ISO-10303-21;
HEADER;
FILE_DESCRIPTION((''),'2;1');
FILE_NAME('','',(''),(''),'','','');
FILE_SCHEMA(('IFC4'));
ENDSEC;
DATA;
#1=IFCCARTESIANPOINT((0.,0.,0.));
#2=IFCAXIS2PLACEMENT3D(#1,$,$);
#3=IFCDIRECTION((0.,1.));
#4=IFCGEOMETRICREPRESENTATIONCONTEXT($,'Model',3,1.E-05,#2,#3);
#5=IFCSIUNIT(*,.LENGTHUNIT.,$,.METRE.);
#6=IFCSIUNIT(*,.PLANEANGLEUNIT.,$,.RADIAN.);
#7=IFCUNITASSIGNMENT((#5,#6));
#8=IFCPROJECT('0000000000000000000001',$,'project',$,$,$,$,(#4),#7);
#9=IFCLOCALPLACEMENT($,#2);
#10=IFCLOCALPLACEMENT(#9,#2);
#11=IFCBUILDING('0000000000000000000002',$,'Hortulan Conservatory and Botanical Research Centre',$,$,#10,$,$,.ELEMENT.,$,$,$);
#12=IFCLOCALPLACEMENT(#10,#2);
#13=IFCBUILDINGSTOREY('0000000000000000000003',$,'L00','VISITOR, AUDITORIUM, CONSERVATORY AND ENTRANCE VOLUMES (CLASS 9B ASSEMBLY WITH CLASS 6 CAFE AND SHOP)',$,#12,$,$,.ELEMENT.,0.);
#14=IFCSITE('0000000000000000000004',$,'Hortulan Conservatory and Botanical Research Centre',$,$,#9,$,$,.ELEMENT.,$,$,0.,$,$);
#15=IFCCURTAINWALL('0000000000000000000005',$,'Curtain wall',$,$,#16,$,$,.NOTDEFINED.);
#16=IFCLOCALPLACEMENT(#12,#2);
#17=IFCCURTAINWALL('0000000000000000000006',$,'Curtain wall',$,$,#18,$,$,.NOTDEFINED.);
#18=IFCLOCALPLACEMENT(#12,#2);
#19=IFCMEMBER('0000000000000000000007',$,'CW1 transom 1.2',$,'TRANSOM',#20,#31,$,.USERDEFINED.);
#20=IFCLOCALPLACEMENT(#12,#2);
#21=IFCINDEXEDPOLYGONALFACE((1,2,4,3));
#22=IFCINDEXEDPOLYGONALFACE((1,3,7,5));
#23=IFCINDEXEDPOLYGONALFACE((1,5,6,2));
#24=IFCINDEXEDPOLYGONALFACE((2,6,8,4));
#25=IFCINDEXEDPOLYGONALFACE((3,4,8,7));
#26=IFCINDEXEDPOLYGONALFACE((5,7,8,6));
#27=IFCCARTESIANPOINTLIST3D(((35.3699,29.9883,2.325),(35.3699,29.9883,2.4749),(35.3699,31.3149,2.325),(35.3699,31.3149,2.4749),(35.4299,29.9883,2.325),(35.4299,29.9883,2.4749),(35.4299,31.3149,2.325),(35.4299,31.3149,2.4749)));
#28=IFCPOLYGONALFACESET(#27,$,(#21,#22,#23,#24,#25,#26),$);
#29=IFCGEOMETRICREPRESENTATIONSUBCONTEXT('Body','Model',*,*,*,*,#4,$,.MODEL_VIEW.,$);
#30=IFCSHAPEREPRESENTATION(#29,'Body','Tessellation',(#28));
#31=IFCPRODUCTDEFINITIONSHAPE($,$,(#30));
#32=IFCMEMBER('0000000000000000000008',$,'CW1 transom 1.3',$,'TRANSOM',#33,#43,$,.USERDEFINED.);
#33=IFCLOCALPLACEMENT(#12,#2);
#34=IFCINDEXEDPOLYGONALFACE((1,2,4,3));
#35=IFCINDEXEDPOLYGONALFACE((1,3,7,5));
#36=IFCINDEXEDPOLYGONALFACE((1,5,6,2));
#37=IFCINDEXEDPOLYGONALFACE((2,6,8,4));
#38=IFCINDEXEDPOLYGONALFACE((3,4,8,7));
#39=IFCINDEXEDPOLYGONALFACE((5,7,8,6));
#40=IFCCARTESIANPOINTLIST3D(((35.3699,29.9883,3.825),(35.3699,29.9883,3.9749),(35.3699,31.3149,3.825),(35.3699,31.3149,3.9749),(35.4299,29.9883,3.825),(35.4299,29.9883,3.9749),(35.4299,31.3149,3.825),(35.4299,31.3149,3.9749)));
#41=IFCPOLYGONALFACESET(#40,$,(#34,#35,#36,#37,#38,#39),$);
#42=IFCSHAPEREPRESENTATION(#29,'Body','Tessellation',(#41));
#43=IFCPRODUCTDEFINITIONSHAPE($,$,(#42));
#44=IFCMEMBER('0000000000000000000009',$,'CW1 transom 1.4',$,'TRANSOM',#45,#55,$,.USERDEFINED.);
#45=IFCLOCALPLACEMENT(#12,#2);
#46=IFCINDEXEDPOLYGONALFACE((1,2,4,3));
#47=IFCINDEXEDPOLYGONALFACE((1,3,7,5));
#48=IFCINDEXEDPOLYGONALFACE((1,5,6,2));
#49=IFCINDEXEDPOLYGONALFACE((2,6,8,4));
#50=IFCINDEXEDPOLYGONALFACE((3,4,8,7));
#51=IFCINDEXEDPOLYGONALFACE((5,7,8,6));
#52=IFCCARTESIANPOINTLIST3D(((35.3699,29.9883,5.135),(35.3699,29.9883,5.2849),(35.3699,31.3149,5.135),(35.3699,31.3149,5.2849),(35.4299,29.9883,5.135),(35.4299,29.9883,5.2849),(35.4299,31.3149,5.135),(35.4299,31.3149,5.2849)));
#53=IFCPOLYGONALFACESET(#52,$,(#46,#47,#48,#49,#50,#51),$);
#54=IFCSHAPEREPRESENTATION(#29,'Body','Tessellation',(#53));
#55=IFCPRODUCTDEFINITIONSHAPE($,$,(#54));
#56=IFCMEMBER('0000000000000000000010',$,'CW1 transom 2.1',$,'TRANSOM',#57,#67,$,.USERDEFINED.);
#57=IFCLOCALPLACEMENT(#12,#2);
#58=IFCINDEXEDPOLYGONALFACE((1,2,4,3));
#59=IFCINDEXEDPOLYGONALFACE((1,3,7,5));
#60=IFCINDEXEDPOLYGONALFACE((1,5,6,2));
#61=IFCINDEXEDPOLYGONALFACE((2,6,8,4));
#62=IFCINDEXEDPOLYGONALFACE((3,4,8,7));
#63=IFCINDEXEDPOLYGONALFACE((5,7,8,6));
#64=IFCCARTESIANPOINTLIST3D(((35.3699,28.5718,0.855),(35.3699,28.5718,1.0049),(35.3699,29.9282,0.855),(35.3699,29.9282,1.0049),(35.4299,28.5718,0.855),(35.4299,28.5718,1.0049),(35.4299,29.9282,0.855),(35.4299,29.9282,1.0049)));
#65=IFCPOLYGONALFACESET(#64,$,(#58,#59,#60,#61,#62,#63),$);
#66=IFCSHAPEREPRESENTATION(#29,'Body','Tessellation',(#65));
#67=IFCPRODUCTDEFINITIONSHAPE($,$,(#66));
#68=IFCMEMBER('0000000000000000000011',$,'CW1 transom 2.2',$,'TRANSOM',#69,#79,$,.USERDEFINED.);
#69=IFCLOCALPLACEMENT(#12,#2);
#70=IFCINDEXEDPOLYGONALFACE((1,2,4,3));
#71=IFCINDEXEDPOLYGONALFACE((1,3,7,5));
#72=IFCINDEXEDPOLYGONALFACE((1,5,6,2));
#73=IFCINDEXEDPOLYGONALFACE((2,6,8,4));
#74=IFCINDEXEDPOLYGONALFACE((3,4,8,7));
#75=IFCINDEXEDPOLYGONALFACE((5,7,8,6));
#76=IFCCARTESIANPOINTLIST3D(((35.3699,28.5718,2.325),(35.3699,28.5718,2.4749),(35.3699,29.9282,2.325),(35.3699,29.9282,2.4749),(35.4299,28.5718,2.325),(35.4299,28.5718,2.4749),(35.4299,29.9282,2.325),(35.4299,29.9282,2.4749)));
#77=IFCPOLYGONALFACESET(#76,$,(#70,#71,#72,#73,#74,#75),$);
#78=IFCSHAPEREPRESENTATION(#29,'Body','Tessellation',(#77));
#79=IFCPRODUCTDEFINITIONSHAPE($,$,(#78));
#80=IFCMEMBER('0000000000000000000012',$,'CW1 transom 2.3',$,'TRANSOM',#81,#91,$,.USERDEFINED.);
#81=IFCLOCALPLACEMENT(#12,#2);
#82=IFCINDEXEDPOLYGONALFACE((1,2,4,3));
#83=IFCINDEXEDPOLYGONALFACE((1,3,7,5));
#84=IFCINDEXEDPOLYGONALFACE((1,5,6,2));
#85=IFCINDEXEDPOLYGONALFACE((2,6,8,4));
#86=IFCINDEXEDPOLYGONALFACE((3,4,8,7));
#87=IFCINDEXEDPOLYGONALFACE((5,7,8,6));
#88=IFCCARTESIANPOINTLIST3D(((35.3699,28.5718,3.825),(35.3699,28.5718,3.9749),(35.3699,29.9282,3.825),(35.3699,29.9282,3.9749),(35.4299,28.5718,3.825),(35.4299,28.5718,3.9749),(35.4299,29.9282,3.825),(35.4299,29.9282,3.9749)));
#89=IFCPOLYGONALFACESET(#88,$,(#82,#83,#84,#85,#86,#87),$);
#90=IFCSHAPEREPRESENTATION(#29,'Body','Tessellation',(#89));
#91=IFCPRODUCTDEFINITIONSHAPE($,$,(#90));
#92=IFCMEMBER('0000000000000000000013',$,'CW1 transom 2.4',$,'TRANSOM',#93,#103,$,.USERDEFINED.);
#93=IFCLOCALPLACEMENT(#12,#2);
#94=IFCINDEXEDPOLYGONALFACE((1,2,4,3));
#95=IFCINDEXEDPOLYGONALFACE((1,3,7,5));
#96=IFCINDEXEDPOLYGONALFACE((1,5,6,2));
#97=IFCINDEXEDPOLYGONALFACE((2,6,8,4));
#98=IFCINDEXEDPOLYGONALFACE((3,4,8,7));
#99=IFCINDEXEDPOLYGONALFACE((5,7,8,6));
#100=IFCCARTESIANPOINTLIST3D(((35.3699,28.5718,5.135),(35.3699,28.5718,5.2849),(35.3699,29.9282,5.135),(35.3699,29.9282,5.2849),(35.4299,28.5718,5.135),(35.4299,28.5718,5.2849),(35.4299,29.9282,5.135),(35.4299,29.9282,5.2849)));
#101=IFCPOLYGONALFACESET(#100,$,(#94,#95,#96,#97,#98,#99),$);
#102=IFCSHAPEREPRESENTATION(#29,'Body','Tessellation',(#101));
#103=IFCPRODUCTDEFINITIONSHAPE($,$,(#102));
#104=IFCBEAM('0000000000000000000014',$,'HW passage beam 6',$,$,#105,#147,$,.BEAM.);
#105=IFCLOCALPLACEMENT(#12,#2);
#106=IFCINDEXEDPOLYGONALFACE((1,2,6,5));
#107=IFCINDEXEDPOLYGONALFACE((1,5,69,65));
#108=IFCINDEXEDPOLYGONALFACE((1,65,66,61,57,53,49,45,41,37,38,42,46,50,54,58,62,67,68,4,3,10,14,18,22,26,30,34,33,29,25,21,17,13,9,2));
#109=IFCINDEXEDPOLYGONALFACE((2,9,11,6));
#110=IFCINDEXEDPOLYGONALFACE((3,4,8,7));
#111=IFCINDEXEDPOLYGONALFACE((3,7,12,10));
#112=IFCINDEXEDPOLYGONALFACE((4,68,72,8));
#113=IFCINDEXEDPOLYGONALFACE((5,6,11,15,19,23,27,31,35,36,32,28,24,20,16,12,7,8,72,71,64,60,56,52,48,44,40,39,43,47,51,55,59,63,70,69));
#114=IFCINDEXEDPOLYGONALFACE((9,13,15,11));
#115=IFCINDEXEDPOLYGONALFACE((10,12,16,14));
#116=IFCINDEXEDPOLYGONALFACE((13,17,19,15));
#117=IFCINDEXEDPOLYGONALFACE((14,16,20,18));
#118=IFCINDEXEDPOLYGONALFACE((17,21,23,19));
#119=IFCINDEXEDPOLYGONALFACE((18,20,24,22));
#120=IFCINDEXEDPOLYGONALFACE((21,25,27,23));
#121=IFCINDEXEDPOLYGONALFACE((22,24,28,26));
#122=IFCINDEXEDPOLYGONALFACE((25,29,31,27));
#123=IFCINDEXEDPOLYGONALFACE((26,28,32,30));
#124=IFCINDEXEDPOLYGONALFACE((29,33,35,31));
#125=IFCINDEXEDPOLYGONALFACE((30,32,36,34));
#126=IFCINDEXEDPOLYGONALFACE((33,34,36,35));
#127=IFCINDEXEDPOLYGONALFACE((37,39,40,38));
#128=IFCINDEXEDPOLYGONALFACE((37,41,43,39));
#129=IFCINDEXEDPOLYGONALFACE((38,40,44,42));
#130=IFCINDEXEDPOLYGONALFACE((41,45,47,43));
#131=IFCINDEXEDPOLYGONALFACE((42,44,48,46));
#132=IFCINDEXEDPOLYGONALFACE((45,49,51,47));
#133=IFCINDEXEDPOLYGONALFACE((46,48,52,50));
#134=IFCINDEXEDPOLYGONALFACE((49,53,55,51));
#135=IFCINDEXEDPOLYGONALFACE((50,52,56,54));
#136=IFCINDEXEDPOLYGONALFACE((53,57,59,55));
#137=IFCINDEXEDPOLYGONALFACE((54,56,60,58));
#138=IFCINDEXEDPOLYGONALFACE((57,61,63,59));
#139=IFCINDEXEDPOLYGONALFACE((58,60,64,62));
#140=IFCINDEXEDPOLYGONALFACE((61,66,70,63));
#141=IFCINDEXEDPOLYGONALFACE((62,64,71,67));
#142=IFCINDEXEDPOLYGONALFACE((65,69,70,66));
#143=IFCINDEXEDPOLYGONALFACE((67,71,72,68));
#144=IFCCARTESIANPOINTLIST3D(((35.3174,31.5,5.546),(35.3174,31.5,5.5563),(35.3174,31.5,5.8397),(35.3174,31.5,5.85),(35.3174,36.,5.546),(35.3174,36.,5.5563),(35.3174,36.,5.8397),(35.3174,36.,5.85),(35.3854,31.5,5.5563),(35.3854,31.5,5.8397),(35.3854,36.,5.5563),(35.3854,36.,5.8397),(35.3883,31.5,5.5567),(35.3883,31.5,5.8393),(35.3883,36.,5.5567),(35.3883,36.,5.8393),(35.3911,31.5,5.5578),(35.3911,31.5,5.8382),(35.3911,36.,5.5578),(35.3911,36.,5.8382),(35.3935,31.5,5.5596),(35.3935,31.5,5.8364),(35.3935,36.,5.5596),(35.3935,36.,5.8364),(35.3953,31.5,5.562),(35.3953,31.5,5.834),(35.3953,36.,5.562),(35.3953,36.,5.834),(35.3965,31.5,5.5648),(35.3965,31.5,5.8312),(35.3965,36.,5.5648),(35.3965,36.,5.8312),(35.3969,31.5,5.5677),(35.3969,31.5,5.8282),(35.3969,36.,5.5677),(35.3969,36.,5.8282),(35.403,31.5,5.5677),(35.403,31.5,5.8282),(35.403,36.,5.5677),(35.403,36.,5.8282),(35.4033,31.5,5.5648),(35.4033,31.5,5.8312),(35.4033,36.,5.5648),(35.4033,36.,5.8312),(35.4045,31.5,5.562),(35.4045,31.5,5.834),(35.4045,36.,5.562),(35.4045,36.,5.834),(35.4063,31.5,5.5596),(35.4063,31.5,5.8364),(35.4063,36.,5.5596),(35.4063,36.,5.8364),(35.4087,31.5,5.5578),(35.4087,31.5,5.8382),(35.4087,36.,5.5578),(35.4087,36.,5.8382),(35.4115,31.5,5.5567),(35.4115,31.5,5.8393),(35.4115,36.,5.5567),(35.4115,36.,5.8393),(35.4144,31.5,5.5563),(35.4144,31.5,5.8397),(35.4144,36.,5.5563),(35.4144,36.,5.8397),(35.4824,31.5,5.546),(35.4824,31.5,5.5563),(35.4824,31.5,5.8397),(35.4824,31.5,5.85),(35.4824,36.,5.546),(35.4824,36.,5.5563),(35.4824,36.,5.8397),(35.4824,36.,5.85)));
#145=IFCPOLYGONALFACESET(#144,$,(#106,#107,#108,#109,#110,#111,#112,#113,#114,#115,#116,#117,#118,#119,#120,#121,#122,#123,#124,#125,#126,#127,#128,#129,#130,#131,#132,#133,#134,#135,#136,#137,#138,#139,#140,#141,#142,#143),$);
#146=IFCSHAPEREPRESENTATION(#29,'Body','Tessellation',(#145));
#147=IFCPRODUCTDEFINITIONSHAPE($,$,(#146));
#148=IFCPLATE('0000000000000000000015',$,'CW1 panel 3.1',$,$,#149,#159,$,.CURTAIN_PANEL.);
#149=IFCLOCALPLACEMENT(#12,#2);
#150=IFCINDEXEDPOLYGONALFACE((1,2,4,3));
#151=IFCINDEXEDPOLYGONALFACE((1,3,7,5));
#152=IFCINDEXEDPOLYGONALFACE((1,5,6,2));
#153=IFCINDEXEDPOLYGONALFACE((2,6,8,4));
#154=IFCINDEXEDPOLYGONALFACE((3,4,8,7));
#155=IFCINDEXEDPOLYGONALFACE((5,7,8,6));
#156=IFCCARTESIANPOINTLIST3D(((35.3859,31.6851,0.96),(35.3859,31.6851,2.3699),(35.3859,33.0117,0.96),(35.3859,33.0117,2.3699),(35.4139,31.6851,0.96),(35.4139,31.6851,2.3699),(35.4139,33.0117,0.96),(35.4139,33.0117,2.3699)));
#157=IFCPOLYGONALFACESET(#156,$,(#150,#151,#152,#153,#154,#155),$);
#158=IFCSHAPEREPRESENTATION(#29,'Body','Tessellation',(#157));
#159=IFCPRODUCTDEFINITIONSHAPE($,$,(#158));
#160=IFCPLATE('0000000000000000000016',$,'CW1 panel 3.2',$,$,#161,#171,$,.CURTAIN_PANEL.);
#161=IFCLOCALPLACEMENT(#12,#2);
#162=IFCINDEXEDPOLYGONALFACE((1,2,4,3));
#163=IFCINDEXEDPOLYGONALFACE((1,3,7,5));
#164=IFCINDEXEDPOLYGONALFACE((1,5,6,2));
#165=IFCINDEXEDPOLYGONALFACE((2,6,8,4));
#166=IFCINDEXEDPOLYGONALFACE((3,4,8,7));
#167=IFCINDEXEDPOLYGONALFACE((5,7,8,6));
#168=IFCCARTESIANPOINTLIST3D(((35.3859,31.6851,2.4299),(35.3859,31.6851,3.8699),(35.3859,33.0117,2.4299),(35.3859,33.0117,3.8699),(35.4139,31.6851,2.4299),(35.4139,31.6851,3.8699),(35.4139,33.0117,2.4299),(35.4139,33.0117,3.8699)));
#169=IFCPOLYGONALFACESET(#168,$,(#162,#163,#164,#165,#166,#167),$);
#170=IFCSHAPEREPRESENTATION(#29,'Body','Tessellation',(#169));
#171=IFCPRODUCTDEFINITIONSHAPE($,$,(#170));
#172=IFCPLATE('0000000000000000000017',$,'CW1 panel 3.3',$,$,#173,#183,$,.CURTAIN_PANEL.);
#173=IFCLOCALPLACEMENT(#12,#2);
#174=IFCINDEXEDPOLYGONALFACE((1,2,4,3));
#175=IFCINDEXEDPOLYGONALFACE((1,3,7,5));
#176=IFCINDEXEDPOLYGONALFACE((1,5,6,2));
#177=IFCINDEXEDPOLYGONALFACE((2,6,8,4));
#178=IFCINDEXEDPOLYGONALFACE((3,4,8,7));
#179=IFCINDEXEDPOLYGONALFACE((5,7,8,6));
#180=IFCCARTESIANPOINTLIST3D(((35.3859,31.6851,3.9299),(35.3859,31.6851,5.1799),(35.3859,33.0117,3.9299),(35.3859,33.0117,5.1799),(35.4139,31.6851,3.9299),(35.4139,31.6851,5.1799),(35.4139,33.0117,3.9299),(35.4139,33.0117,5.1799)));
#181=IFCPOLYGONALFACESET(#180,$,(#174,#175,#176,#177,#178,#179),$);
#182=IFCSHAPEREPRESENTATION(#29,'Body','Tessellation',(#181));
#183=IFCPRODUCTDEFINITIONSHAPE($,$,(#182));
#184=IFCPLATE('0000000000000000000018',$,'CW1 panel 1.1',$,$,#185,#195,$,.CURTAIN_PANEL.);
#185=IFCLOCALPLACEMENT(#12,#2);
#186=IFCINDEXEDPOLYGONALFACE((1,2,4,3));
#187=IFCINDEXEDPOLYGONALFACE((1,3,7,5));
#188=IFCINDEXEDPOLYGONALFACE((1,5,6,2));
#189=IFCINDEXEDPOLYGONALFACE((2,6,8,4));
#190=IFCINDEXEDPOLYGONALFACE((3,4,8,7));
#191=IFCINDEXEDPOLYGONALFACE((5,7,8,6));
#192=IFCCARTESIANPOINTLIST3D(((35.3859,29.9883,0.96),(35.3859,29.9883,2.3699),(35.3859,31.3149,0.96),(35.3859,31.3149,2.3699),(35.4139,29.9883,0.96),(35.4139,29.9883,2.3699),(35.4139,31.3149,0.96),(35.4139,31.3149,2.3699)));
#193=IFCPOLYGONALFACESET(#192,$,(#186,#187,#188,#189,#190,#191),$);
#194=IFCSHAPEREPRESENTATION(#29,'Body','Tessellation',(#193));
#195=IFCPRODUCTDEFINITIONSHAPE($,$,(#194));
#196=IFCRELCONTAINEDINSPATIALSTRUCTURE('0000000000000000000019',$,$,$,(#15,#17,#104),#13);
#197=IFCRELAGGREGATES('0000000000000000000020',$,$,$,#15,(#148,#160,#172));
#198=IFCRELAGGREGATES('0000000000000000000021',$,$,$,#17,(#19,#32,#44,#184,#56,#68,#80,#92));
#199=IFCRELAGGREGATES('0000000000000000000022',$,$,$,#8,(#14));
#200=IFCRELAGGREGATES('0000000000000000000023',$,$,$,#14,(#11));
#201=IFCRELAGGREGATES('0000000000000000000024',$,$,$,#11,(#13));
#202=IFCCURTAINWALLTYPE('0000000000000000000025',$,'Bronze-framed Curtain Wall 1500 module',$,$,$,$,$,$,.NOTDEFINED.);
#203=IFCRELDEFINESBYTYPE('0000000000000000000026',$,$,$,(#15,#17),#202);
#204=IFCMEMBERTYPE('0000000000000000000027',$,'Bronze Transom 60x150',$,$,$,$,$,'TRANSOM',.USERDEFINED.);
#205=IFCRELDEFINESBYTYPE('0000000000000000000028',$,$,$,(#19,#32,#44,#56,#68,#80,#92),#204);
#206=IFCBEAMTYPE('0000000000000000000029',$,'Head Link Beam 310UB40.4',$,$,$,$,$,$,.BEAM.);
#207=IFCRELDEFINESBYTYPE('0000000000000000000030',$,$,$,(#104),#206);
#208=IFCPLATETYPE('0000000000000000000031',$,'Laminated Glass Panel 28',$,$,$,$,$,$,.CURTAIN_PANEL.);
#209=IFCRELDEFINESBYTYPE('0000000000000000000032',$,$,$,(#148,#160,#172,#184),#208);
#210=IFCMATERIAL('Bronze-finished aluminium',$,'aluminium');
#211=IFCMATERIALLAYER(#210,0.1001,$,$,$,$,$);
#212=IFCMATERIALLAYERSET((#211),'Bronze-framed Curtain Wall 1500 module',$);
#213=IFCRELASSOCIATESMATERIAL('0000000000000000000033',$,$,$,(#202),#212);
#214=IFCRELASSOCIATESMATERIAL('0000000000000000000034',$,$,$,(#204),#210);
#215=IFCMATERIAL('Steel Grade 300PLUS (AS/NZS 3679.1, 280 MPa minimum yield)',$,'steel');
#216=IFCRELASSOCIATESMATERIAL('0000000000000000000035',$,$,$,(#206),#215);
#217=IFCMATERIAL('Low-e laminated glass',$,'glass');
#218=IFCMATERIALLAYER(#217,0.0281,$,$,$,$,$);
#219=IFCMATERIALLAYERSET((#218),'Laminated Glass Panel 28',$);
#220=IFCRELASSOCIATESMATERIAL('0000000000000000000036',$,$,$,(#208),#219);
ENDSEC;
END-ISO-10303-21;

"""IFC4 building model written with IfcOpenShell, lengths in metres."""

from ifc_helpers import new_model, si_unit, direction, frame, origin, origin_2d, place, context, subcontext, project, spatial, rectangle, i_section, extrude, material, layer, layer_set, material_profile, profile_set, type_object, element, aggregate, save


model = new_model("IFC4")

# Units and contexts
model_context = context("Model", 3, precision=1e-05, world=origin(), true_north=direction((0.0, 1.0)))
body_context = subcontext(model_context, "Body", "Model", "MODEL_VIEW")
ifc_project = project(units=[si_unit("LENGTHUNIT", "METRE"), si_unit("PLANEANGLEUNIT", "RADIAN")], contexts=[model_context])

# Site, building, storey
site_placement = place(None, origin())
site = spatial("IfcSite", under=ifc_project, at=site_placement, Name="Hortulan Conservatory and Botanical Research Centre", CompositionType="ELEMENT", RefElevation=0.0)
building_placement = place(site_placement, origin())
building = spatial("IfcBuilding", under=site, at=building_placement, Name="Hortulan Conservatory and Botanical Research Centre", CompositionType="ELEMENT")
storey_placement = place(building_placement, origin())
storey = spatial("IfcBuildingStorey", under=building, at=storey_placement, Name="L00", Description="VISITOR, AUDITORIUM, CONSERVATORY AND ENTRANCE VOLUMES (CLASS 9B ASSEMBLY WITH CLASS 6 CAFE AND SHOP)", CompositionType="ELEMENT", Elevation=0.0)

# Curtain walls
ifc_material_1 = material(Name="Bronze-finished aluminium", Category="aluminium")
ifc_layer_1 = layer(ifc_material_1, 0.1001)
ifc_layer_set_1 = layer_set([ifc_layer_1], Name="Bronze-framed Curtain Wall 1500 module")
curtain_wall_type = type_object("IfcCurtainWallType", Name="Bronze-framed Curtain Wall 1500 module", PredefinedType="NOTDEFINED", material=ifc_layer_set_1)
curtain_wall_1_placement = place(storey_placement, origin())
curtain_wall_1 = element("IfcCurtainWall", 1, at=curtain_wall_1_placement, inside=storey, type_object=curtain_wall_type, Name="Curtain wall", PredefinedType="NOTDEFINED")
curtain_wall_2_placement = place(storey_placement, origin())
curtain_wall_2 = element("IfcCurtainWall", 2, at=curtain_wall_2_placement, inside=storey, type_object=curtain_wall_type, Name="Curtain wall", PredefinedType="NOTDEFINED")

# Members
ifc_material_profile_1 = material_profile(ifc_material_1, rectangle(XDim=0.0601, YDim=0.1499, at=origin_2d()), Name="Bronze Transom 60x150")
ifc_profile_set_1 = profile_set([ifc_material_profile_1], Name="Bronze-finished aluminium")
member_type_1 = type_object("IfcMemberType", Name="Bronze Transom 60x150", ElementType="TRANSOM", PredefinedType="USERDEFINED", material=ifc_profile_set_1)
member_1_placement = place(storey_placement, frame((35.3999, 31.3149, 2.3999), z_axis=(0.0, -1.0, 0.0), x_axis=(1.0, 0.0, 0.0)))
member_1 = element("IfcMember", 3, at=member_1_placement, type_object=member_type_1, Name="CW1 transom 1.2", ObjectType="TRANSOM", PredefinedType="USERDEFINED", context=body_context, shape_type="SweptSolid", body=[
    extrude(rectangle(XDim=0.0601, YDim=0.1499, at=origin_2d()), origin(), (0.0, 0.0, 1.0), 1.3267),
])
member_2_placement = place(storey_placement, frame((35.3999, 31.3149, 3.8999), z_axis=(0.0, -1.0, 0.0), x_axis=(1.0, 0.0, 0.0)))
member_2 = element("IfcMember", 4, at=member_2_placement, type_object=member_type_1, Name="CW1 transom 1.3", ObjectType="TRANSOM", PredefinedType="USERDEFINED", context=body_context, shape_type="SweptSolid", body=[
    extrude(rectangle(XDim=0.0601, YDim=0.1499, at=origin_2d()), origin(), (0.0, 0.0, 1.0), 1.3267),
])
member_3_placement = place(storey_placement, frame((35.3999, 31.3149, 5.21), z_axis=(0.0, -1.0, 0.0), x_axis=(1.0, 0.0, 0.0)))
member_3 = element("IfcMember", 5, at=member_3_placement, type_object=member_type_1, Name="CW1 transom 1.4", ObjectType="TRANSOM", PredefinedType="USERDEFINED", context=body_context, shape_type="SweptSolid", body=[
    extrude(rectangle(XDim=0.0601, YDim=0.1499, at=origin_2d()), origin(), (0.0, 0.0, 1.0), 1.3267),
])
member_4_placement = place(storey_placement, frame((35.3999, 29.9282, 0.9299), z_axis=(0.0, -1.0, 0.0), x_axis=(1.0, 0.0, 0.0)))
member_4 = element("IfcMember", 6, at=member_4_placement, type_object=member_type_1, Name="CW1 transom 2.1", ObjectType="TRANSOM", PredefinedType="USERDEFINED", context=body_context, shape_type="SweptSolid", body=[
    extrude(rectangle(XDim=0.0601, YDim=0.1499, at=origin_2d()), origin(), (0.0, 0.0, 1.0), 1.3564),
])
member_5_placement = place(storey_placement, frame((35.3999, 29.9282, 2.3999), z_axis=(0.0, -1.0, 0.0), x_axis=(1.0, 0.0, 0.0)))
member_5 = element("IfcMember", 7, at=member_5_placement, type_object=member_type_1, Name="CW1 transom 2.2", ObjectType="TRANSOM", PredefinedType="USERDEFINED", context=body_context, shape_type="SweptSolid", body=[
    extrude(rectangle(XDim=0.0601, YDim=0.1499, at=origin_2d()), origin(), (0.0, 0.0, 1.0), 1.3564),
])
member_6_placement = place(storey_placement, frame((35.3999, 29.9282, 3.8999), z_axis=(0.0, -1.0, 0.0), x_axis=(1.0, 0.0, 0.0)))
member_6 = element("IfcMember", 8, at=member_6_placement, type_object=member_type_1, Name="CW1 transom 2.3", ObjectType="TRANSOM", PredefinedType="USERDEFINED", context=body_context, shape_type="SweptSolid", body=[
    extrude(rectangle(XDim=0.0601, YDim=0.1499, at=origin_2d()), origin(), (0.0, 0.0, 1.0), 1.3564),
])
member_7_placement = place(storey_placement, frame((35.3999, 29.9282, 5.21), z_axis=(0.0, -1.0, 0.0), x_axis=(1.0, 0.0, 0.0)))
member_7 = element("IfcMember", 9, at=member_7_placement, type_object=member_type_1, Name="CW1 transom 2.4", ObjectType="TRANSOM", PredefinedType="USERDEFINED", context=body_context, shape_type="SweptSolid", body=[
    extrude(rectangle(XDim=0.0601, YDim=0.1499, at=origin_2d()), origin(), (0.0, 0.0, 1.0), 1.3564),
])

# Beam
ifc_material_2 = material(Name="Steel Grade 300PLUS (AS/NZS 3679.1, 280 MPa minimum yield)", Category="steel")
ifc_material_profile_2 = material_profile(ifc_material_2, i_section(OverallWidth=0.165, OverallDepth=0.304, WebThickness=0.0061, FlangeThickness=0.0103, FilletRadius=0.0115, at=origin_2d()), Name="310UB40.4")
ifc_profile_set_2 = profile_set([ifc_material_profile_2], Name="Steel Grade 300PLUS (AS/NZS 3679.1, 280 MPa minimum yield)")
beam_type = type_object("IfcBeamType", Name="Head Link Beam 310UB40.4", PredefinedType="BEAM", material=ifc_profile_set_2)
beam_placement = place(storey_placement, frame((35.3999, 31.5, 5.698), z_axis=(0.0, 1.0, 0.0), x_axis=(-1.0, 0.0, 0.0)))
element("IfcBeam", 10, at=beam_placement, inside=storey, type_object=beam_type, Name="HW passage beam 6", PredefinedType="BEAM", context=body_context, shape_type="SweptSolid", body=[
    extrude(i_section(OverallWidth=0.165, OverallDepth=0.304, WebThickness=0.0061, FlangeThickness=0.0103, FilletRadius=0.0115, at=origin_2d()), origin(), (0.0, 0.0, 1.0), 4.5),
])

# Plates
ifc_material_3 = material(Name="Low-e laminated glass", Category="glass")
ifc_layer_2 = layer(ifc_material_3, 0.0281)
ifc_layer_set_2 = layer_set([ifc_layer_2], Name="Laminated Glass Panel 28")
plate_type = type_object("IfcPlateType", Name="Laminated Glass Panel 28", PredefinedType="CURTAIN_PANEL", material=ifc_layer_set_2)
plate_1_placement = place(storey_placement, frame((35.3999, 32.3484, 0.96), z_axis=(0.0, 0.0, 1.0), x_axis=(0.0, -1.0, 0.0)))
plate_1 = element("IfcPlate", 11, at=plate_1_placement, type_object=plate_type, Name="CW1 panel 3.1", PredefinedType="CURTAIN_PANEL", context=body_context, shape_type="SweptSolid", body=[
    extrude(rectangle(XDim=1.3267, YDim=0.0281, at=origin_2d()), origin(), (0.0, 0.0, 1.0), 1.4099),
])
plate_2_placement = place(storey_placement, frame((35.3999, 32.3484, 2.4299), z_axis=(0.0, 0.0, 1.0), x_axis=(0.0, -1.0, 0.0)))
plate_2 = element("IfcPlate", 12, at=plate_2_placement, type_object=plate_type, Name="CW1 panel 3.2", PredefinedType="CURTAIN_PANEL", context=body_context, shape_type="SweptSolid", body=[
    extrude(rectangle(XDim=1.3267, YDim=0.0281, at=origin_2d()), origin(), (0.0, 0.0, 1.0), 1.4399),
])
plate_3_placement = place(storey_placement, frame((35.3999, 32.3484, 3.9299), z_axis=(0.0, 0.0, 1.0), x_axis=(0.0, -1.0, 0.0)))
plate_3 = element("IfcPlate", 13, at=plate_3_placement, type_object=plate_type, Name="CW1 panel 3.3", PredefinedType="CURTAIN_PANEL", context=body_context, shape_type="SweptSolid", body=[
    extrude(rectangle(XDim=1.3267, YDim=0.0281, at=origin_2d()), origin(), (0.0, 0.0, 1.0), 1.25),
])
aggregate(curtain_wall_1, [plate_1, plate_2, plate_3])
plate_4_placement = place(storey_placement, frame((35.3999, 30.6516, 0.96), z_axis=(0.0, 0.0, 1.0), x_axis=(0.0, -1.0, 0.0)))
plate_4 = element("IfcPlate", 14, at=plate_4_placement, type_object=plate_type, Name="CW1 panel 1.1", PredefinedType="CURTAIN_PANEL", context=body_context, shape_type="SweptSolid", body=[
    extrude(rectangle(XDim=1.3267, YDim=0.0281, at=origin_2d()), origin(), (0.0, 0.0, 1.0), 1.4099),
])
aggregate(curtain_wall_2, [member_1, member_2, member_3, plate_4, member_4, member_5, member_6, member_7])

save(model, "model.ifc")
